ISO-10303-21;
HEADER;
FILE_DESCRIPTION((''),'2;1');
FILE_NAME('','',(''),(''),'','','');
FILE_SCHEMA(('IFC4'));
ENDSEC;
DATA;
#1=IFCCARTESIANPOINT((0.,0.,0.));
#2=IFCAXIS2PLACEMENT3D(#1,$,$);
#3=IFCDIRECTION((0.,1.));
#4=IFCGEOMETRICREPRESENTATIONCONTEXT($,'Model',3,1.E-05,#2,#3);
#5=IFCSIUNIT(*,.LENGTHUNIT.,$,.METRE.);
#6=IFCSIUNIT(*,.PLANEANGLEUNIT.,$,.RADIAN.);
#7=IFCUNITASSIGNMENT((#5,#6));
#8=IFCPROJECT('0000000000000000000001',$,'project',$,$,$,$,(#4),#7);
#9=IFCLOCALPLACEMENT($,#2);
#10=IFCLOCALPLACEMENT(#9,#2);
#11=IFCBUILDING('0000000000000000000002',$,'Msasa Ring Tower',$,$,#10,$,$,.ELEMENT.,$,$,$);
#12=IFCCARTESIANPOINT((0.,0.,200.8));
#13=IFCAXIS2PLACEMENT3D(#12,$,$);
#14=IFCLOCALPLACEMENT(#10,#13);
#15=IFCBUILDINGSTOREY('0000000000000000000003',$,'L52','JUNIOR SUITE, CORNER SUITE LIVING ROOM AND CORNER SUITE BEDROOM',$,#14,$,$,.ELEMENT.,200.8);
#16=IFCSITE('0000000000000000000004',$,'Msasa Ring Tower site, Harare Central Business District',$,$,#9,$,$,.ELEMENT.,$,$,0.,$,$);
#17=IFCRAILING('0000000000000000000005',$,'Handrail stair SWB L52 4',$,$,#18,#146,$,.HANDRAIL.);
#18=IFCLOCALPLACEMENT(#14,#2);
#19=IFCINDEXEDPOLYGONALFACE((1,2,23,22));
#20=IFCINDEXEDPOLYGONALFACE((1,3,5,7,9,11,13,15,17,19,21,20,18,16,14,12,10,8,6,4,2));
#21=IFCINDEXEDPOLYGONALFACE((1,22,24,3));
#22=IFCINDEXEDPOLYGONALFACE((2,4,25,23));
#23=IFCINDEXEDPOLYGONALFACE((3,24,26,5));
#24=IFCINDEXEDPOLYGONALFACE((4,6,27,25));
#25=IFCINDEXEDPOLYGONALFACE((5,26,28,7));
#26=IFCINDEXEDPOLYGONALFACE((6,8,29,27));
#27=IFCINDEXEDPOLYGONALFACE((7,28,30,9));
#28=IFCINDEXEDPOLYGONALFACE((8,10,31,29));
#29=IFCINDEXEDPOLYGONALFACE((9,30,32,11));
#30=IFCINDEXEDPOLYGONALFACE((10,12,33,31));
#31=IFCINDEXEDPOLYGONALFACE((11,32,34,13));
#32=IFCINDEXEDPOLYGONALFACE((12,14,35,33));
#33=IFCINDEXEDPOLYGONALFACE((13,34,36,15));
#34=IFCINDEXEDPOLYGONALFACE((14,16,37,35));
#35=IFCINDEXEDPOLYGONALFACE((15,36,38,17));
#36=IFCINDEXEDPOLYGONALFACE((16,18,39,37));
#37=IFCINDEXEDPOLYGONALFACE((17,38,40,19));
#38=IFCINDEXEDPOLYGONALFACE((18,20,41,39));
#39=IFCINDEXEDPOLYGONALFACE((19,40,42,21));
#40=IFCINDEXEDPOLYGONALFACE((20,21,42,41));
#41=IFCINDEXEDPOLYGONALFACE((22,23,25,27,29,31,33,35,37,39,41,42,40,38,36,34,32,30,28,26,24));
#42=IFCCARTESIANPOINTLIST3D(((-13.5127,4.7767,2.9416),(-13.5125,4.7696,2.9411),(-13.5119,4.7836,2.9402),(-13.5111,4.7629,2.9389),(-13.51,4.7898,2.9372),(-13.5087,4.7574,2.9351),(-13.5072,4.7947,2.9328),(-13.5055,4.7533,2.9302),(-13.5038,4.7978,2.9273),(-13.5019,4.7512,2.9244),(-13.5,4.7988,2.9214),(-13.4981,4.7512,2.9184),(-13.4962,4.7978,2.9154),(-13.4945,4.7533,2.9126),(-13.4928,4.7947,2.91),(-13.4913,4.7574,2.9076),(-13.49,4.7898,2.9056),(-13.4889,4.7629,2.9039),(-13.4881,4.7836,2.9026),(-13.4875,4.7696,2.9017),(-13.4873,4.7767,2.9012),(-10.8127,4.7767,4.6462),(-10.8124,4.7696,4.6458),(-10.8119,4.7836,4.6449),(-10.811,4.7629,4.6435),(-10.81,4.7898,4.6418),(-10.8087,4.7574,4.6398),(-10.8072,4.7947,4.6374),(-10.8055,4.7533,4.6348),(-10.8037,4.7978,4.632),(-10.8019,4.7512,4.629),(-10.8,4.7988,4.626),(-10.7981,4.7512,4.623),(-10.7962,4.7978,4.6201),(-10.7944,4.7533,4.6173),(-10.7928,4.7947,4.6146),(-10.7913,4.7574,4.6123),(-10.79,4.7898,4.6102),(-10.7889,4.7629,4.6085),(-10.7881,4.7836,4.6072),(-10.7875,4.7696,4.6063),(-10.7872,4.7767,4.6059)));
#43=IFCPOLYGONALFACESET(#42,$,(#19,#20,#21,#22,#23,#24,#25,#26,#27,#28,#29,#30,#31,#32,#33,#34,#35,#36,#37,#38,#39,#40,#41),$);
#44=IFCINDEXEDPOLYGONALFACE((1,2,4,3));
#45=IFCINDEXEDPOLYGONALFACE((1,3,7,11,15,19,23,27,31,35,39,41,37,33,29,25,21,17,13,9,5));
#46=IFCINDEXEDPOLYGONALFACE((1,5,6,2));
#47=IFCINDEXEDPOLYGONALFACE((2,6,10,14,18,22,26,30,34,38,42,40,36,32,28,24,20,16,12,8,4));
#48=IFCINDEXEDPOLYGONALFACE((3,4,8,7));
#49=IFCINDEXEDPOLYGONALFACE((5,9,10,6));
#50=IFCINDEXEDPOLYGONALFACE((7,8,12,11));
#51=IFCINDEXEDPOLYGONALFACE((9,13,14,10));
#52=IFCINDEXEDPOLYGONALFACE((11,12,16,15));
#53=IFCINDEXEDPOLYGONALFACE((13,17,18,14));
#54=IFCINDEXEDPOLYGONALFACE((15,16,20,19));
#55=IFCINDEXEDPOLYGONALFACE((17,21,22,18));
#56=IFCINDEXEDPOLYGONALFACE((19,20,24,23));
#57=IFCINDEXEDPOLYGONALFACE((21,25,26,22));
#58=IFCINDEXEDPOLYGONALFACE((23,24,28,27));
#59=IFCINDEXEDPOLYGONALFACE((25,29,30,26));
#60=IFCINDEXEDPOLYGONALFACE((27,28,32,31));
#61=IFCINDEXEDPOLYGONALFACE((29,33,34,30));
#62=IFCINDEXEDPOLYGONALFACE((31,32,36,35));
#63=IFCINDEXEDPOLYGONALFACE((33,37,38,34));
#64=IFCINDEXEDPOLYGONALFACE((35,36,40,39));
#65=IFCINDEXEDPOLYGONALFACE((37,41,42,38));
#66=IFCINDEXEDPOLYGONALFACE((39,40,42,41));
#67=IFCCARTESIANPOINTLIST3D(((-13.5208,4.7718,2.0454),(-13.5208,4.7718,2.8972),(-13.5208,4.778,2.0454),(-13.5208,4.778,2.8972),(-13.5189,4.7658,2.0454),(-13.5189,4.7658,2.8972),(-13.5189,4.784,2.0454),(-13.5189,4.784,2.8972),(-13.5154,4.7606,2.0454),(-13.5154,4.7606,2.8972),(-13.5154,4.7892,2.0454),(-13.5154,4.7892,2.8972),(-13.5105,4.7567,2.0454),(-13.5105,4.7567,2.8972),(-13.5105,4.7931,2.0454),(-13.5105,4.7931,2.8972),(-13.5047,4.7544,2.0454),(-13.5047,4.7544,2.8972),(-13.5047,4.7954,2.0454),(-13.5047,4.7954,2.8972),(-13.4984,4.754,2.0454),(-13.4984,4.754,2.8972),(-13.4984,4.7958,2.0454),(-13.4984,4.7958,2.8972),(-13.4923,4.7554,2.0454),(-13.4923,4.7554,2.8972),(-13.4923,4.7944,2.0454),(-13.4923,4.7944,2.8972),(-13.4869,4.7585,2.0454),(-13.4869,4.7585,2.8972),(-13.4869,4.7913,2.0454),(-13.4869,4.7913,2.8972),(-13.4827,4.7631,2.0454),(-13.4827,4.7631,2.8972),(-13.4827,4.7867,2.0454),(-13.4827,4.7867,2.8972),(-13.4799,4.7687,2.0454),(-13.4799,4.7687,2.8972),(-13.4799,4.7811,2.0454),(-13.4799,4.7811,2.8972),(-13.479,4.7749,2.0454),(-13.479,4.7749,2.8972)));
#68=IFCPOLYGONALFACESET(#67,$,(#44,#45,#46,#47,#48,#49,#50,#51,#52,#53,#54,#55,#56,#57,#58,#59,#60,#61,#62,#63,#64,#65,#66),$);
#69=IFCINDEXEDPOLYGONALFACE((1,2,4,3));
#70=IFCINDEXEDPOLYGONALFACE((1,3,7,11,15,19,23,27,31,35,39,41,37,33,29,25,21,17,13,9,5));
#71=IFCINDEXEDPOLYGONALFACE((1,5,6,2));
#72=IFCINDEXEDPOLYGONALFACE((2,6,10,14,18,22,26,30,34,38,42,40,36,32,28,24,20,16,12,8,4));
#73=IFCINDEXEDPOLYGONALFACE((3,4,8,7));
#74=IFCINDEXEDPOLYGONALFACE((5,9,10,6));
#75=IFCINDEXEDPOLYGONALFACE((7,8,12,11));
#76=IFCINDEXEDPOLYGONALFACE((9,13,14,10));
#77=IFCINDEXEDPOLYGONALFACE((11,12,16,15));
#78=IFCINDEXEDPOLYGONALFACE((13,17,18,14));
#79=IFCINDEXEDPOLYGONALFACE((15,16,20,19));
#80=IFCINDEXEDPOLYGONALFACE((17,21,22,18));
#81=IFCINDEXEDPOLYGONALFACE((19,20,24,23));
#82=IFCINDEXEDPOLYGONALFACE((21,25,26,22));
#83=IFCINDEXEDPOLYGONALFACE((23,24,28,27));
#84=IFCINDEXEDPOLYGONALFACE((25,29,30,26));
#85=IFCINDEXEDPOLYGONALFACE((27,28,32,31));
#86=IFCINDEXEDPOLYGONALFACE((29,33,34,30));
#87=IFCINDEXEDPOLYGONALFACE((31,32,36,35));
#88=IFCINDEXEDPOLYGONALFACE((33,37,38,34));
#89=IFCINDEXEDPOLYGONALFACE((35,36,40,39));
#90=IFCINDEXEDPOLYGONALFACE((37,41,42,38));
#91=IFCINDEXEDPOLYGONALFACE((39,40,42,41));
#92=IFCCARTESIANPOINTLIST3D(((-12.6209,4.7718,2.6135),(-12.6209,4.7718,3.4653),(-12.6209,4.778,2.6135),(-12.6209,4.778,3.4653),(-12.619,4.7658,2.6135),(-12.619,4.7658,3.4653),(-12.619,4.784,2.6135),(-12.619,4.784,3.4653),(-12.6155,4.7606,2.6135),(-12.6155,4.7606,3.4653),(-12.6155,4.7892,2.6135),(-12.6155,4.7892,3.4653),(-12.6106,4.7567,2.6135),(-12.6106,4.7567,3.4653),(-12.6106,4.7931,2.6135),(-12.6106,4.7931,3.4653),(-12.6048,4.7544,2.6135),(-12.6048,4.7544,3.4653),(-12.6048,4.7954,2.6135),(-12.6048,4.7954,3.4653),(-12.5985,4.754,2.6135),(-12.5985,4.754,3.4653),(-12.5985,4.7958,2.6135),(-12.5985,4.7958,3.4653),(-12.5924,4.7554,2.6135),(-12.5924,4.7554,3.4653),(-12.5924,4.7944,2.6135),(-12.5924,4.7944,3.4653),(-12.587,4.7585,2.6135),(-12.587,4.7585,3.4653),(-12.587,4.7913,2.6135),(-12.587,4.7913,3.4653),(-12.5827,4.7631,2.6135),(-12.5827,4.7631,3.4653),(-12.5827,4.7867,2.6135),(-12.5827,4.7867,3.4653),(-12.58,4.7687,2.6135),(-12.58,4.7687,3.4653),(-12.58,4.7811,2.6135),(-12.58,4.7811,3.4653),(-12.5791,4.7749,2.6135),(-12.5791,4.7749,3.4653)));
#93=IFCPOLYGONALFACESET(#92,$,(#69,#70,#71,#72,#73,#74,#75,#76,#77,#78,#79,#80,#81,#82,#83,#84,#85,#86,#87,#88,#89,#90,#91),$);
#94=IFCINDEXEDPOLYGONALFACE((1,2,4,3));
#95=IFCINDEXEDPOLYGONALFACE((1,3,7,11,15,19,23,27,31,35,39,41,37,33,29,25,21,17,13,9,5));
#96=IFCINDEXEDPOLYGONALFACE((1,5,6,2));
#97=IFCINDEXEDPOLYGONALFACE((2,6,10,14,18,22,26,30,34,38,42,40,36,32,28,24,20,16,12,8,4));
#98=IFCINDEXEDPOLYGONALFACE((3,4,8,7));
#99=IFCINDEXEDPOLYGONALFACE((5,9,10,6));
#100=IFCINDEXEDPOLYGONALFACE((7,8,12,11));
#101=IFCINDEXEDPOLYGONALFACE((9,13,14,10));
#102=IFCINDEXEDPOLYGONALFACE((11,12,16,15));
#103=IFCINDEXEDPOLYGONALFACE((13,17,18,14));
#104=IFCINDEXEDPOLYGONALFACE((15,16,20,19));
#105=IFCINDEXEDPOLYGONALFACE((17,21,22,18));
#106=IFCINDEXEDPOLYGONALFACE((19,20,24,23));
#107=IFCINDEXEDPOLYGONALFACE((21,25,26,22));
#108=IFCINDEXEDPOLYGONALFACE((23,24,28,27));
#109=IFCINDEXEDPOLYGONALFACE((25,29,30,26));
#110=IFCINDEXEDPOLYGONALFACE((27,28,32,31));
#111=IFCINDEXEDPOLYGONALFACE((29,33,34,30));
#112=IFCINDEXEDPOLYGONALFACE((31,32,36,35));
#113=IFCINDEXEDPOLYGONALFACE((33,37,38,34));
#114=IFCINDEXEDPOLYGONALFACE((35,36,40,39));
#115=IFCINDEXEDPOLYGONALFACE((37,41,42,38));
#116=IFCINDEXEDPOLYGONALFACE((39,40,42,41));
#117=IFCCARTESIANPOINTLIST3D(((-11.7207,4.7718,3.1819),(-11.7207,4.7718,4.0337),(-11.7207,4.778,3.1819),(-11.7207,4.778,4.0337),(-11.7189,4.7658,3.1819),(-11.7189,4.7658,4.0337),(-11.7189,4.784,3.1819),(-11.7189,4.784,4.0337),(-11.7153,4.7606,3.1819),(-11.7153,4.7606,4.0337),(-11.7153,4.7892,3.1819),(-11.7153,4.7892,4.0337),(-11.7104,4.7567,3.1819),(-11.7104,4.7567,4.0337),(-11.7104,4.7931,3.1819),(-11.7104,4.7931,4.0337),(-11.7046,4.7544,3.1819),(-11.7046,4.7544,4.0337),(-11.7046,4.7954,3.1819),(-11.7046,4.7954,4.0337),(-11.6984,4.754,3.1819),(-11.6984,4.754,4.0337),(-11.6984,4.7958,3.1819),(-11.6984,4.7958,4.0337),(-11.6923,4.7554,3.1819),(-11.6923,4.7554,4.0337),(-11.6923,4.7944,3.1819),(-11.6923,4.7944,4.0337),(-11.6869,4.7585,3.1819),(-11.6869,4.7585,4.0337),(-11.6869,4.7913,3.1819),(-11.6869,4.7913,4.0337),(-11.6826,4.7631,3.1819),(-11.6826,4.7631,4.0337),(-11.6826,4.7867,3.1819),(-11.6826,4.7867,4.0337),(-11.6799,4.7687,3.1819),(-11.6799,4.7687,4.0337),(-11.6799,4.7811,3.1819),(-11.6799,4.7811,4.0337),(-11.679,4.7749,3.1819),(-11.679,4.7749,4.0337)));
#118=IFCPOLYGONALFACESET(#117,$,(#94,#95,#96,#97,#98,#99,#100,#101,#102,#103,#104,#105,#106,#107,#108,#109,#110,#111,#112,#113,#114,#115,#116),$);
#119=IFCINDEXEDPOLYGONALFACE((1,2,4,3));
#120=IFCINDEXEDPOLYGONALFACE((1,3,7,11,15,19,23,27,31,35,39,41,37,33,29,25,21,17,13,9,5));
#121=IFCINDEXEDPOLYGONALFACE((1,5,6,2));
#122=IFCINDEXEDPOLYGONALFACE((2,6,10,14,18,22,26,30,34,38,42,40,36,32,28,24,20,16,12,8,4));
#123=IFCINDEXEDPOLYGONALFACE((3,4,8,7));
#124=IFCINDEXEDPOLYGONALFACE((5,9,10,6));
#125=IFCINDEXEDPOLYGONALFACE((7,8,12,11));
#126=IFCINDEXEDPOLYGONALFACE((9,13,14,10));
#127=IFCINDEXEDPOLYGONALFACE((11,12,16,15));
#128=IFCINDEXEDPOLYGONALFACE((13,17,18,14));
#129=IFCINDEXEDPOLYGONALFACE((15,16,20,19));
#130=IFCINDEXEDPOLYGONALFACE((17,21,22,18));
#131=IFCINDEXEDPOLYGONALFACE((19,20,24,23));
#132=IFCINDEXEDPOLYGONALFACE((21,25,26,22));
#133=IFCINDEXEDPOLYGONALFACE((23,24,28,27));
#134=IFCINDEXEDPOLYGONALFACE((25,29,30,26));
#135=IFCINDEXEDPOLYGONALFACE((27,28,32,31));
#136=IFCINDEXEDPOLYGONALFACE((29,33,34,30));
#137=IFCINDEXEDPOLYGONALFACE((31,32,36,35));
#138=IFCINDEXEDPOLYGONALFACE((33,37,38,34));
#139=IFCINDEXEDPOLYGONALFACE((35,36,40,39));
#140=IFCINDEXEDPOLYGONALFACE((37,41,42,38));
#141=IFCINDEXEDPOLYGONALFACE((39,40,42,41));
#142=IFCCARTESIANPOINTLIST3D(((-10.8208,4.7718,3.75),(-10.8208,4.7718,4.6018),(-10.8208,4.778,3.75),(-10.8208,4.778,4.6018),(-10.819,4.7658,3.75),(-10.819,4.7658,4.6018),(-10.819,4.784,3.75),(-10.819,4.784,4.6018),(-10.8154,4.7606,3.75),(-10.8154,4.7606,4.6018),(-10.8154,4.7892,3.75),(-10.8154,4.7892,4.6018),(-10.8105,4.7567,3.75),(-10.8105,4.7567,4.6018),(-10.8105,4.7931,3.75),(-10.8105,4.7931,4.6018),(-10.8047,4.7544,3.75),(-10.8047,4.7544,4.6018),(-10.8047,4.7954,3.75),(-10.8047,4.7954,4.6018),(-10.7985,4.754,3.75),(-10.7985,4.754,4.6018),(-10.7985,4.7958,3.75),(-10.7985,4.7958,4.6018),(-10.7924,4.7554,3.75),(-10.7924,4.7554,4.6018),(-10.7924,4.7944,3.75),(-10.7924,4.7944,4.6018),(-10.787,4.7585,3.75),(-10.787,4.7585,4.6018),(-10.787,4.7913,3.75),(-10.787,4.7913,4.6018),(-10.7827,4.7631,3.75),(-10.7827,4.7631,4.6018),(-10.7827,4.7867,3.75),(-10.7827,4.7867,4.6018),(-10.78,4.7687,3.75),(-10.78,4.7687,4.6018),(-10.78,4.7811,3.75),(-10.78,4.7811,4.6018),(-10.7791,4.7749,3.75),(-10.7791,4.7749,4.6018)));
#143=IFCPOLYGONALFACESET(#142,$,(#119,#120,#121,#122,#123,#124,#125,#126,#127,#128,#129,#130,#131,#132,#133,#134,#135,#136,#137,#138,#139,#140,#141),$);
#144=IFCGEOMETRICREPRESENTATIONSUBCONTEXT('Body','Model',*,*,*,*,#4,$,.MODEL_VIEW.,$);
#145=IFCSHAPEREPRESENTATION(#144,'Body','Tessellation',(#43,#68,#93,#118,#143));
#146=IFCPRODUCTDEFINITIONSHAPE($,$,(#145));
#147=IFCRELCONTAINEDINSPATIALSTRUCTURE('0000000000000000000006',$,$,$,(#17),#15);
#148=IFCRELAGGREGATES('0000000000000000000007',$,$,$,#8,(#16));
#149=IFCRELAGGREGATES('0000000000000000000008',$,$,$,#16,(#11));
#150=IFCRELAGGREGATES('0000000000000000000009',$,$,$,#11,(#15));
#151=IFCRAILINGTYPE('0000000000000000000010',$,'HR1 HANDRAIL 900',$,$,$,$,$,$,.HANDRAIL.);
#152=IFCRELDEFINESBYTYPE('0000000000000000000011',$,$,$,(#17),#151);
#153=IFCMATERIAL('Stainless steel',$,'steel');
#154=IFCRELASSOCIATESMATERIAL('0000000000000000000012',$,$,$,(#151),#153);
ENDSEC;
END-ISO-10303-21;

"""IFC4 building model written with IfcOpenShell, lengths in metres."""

from ifc_helpers import new_model, si_unit, direction, frame, origin, origin_2d, place, context, subcontext, project, spatial, circle, extrude, material, type_object, element, save


model = new_model("IFC4")

# Units and contexts
model_context = context("Model", 3, precision=1e-05, world=origin(), true_north=direction((0.0, 1.0)))
body_context = subcontext(model_context, "Body", "Model", "MODEL_VIEW")
ifc_project = project(units=[si_unit("LENGTHUNIT", "METRE"), si_unit("PLANEANGLEUNIT", "RADIAN")], contexts=[model_context])

# Site, building, storey
site_placement = place(None, origin())
site = spatial("IfcSite", under=ifc_project, at=site_placement, Name="Msasa Ring Tower site, Harare Central Business District", CompositionType="ELEMENT", RefElevation=0.0)
building_placement = place(site_placement, origin())
building = spatial("IfcBuilding", under=site, at=building_placement, Name="Msasa Ring Tower", CompositionType="ELEMENT")
storey_placement = place(building_placement, frame((0.0, 0.0, 200.8)))
storey = spatial("IfcBuildingStorey", under=building, at=storey_placement, Name="L52", Description="JUNIOR SUITE, CORNER SUITE LIVING ROOM AND CORNER SUITE BEDROOM", CompositionType="ELEMENT", Elevation=200.8)

# Railing
ifc_material_1 = material(Name="Stainless steel", Category="steel")
railing_type = type_object("IfcRailingType", Name="HR1 HANDRAIL 900", PredefinedType="HANDRAIL", material=ifc_material_1)
for number, where, name in (
    (1, (-13.5, 4.7749, 2.0454), "Handrail stair SWB L52 4"),
):
    element("IfcRailing", number, at=place(storey_placement, frame(where)), inside=storey, type_object=railing_type, Name=name, PredefinedType="HANDRAIL", context=body_context, shape_type="SweptSolid", body=[
        extrude(circle(Radius=0.0239, at=origin_2d()), frame((0.0, 0.0, 0.876), z_axis=(0.84558, 0.0, 0.533849), x_axis=(0.0, 1.0, 0.0)), (0.0, 0.0, 1.0), 3.1931),
        extrude(circle(Radius=0.021, at=origin_2d()), origin(), (0.0, 0.0, 1.0), 0.8518),
        extrude(circle(Radius=0.021, at=origin_2d()), frame((0.8999, 0.0, 0.5681)), (0.0, 0.0, 1.0), 0.8518),
        extrude(circle(Radius=0.021, at=origin_2d()), frame((1.8, 0.0, 1.1365)), (0.0, 0.0, 1.0), 0.8518),
        extrude(circle(Radius=0.021, at=origin_2d()), frame((2.7, 0.0, 1.7046)), (0.0, 0.0, 1.0), 0.8518),
    ])

save(model, "model.ifc")
